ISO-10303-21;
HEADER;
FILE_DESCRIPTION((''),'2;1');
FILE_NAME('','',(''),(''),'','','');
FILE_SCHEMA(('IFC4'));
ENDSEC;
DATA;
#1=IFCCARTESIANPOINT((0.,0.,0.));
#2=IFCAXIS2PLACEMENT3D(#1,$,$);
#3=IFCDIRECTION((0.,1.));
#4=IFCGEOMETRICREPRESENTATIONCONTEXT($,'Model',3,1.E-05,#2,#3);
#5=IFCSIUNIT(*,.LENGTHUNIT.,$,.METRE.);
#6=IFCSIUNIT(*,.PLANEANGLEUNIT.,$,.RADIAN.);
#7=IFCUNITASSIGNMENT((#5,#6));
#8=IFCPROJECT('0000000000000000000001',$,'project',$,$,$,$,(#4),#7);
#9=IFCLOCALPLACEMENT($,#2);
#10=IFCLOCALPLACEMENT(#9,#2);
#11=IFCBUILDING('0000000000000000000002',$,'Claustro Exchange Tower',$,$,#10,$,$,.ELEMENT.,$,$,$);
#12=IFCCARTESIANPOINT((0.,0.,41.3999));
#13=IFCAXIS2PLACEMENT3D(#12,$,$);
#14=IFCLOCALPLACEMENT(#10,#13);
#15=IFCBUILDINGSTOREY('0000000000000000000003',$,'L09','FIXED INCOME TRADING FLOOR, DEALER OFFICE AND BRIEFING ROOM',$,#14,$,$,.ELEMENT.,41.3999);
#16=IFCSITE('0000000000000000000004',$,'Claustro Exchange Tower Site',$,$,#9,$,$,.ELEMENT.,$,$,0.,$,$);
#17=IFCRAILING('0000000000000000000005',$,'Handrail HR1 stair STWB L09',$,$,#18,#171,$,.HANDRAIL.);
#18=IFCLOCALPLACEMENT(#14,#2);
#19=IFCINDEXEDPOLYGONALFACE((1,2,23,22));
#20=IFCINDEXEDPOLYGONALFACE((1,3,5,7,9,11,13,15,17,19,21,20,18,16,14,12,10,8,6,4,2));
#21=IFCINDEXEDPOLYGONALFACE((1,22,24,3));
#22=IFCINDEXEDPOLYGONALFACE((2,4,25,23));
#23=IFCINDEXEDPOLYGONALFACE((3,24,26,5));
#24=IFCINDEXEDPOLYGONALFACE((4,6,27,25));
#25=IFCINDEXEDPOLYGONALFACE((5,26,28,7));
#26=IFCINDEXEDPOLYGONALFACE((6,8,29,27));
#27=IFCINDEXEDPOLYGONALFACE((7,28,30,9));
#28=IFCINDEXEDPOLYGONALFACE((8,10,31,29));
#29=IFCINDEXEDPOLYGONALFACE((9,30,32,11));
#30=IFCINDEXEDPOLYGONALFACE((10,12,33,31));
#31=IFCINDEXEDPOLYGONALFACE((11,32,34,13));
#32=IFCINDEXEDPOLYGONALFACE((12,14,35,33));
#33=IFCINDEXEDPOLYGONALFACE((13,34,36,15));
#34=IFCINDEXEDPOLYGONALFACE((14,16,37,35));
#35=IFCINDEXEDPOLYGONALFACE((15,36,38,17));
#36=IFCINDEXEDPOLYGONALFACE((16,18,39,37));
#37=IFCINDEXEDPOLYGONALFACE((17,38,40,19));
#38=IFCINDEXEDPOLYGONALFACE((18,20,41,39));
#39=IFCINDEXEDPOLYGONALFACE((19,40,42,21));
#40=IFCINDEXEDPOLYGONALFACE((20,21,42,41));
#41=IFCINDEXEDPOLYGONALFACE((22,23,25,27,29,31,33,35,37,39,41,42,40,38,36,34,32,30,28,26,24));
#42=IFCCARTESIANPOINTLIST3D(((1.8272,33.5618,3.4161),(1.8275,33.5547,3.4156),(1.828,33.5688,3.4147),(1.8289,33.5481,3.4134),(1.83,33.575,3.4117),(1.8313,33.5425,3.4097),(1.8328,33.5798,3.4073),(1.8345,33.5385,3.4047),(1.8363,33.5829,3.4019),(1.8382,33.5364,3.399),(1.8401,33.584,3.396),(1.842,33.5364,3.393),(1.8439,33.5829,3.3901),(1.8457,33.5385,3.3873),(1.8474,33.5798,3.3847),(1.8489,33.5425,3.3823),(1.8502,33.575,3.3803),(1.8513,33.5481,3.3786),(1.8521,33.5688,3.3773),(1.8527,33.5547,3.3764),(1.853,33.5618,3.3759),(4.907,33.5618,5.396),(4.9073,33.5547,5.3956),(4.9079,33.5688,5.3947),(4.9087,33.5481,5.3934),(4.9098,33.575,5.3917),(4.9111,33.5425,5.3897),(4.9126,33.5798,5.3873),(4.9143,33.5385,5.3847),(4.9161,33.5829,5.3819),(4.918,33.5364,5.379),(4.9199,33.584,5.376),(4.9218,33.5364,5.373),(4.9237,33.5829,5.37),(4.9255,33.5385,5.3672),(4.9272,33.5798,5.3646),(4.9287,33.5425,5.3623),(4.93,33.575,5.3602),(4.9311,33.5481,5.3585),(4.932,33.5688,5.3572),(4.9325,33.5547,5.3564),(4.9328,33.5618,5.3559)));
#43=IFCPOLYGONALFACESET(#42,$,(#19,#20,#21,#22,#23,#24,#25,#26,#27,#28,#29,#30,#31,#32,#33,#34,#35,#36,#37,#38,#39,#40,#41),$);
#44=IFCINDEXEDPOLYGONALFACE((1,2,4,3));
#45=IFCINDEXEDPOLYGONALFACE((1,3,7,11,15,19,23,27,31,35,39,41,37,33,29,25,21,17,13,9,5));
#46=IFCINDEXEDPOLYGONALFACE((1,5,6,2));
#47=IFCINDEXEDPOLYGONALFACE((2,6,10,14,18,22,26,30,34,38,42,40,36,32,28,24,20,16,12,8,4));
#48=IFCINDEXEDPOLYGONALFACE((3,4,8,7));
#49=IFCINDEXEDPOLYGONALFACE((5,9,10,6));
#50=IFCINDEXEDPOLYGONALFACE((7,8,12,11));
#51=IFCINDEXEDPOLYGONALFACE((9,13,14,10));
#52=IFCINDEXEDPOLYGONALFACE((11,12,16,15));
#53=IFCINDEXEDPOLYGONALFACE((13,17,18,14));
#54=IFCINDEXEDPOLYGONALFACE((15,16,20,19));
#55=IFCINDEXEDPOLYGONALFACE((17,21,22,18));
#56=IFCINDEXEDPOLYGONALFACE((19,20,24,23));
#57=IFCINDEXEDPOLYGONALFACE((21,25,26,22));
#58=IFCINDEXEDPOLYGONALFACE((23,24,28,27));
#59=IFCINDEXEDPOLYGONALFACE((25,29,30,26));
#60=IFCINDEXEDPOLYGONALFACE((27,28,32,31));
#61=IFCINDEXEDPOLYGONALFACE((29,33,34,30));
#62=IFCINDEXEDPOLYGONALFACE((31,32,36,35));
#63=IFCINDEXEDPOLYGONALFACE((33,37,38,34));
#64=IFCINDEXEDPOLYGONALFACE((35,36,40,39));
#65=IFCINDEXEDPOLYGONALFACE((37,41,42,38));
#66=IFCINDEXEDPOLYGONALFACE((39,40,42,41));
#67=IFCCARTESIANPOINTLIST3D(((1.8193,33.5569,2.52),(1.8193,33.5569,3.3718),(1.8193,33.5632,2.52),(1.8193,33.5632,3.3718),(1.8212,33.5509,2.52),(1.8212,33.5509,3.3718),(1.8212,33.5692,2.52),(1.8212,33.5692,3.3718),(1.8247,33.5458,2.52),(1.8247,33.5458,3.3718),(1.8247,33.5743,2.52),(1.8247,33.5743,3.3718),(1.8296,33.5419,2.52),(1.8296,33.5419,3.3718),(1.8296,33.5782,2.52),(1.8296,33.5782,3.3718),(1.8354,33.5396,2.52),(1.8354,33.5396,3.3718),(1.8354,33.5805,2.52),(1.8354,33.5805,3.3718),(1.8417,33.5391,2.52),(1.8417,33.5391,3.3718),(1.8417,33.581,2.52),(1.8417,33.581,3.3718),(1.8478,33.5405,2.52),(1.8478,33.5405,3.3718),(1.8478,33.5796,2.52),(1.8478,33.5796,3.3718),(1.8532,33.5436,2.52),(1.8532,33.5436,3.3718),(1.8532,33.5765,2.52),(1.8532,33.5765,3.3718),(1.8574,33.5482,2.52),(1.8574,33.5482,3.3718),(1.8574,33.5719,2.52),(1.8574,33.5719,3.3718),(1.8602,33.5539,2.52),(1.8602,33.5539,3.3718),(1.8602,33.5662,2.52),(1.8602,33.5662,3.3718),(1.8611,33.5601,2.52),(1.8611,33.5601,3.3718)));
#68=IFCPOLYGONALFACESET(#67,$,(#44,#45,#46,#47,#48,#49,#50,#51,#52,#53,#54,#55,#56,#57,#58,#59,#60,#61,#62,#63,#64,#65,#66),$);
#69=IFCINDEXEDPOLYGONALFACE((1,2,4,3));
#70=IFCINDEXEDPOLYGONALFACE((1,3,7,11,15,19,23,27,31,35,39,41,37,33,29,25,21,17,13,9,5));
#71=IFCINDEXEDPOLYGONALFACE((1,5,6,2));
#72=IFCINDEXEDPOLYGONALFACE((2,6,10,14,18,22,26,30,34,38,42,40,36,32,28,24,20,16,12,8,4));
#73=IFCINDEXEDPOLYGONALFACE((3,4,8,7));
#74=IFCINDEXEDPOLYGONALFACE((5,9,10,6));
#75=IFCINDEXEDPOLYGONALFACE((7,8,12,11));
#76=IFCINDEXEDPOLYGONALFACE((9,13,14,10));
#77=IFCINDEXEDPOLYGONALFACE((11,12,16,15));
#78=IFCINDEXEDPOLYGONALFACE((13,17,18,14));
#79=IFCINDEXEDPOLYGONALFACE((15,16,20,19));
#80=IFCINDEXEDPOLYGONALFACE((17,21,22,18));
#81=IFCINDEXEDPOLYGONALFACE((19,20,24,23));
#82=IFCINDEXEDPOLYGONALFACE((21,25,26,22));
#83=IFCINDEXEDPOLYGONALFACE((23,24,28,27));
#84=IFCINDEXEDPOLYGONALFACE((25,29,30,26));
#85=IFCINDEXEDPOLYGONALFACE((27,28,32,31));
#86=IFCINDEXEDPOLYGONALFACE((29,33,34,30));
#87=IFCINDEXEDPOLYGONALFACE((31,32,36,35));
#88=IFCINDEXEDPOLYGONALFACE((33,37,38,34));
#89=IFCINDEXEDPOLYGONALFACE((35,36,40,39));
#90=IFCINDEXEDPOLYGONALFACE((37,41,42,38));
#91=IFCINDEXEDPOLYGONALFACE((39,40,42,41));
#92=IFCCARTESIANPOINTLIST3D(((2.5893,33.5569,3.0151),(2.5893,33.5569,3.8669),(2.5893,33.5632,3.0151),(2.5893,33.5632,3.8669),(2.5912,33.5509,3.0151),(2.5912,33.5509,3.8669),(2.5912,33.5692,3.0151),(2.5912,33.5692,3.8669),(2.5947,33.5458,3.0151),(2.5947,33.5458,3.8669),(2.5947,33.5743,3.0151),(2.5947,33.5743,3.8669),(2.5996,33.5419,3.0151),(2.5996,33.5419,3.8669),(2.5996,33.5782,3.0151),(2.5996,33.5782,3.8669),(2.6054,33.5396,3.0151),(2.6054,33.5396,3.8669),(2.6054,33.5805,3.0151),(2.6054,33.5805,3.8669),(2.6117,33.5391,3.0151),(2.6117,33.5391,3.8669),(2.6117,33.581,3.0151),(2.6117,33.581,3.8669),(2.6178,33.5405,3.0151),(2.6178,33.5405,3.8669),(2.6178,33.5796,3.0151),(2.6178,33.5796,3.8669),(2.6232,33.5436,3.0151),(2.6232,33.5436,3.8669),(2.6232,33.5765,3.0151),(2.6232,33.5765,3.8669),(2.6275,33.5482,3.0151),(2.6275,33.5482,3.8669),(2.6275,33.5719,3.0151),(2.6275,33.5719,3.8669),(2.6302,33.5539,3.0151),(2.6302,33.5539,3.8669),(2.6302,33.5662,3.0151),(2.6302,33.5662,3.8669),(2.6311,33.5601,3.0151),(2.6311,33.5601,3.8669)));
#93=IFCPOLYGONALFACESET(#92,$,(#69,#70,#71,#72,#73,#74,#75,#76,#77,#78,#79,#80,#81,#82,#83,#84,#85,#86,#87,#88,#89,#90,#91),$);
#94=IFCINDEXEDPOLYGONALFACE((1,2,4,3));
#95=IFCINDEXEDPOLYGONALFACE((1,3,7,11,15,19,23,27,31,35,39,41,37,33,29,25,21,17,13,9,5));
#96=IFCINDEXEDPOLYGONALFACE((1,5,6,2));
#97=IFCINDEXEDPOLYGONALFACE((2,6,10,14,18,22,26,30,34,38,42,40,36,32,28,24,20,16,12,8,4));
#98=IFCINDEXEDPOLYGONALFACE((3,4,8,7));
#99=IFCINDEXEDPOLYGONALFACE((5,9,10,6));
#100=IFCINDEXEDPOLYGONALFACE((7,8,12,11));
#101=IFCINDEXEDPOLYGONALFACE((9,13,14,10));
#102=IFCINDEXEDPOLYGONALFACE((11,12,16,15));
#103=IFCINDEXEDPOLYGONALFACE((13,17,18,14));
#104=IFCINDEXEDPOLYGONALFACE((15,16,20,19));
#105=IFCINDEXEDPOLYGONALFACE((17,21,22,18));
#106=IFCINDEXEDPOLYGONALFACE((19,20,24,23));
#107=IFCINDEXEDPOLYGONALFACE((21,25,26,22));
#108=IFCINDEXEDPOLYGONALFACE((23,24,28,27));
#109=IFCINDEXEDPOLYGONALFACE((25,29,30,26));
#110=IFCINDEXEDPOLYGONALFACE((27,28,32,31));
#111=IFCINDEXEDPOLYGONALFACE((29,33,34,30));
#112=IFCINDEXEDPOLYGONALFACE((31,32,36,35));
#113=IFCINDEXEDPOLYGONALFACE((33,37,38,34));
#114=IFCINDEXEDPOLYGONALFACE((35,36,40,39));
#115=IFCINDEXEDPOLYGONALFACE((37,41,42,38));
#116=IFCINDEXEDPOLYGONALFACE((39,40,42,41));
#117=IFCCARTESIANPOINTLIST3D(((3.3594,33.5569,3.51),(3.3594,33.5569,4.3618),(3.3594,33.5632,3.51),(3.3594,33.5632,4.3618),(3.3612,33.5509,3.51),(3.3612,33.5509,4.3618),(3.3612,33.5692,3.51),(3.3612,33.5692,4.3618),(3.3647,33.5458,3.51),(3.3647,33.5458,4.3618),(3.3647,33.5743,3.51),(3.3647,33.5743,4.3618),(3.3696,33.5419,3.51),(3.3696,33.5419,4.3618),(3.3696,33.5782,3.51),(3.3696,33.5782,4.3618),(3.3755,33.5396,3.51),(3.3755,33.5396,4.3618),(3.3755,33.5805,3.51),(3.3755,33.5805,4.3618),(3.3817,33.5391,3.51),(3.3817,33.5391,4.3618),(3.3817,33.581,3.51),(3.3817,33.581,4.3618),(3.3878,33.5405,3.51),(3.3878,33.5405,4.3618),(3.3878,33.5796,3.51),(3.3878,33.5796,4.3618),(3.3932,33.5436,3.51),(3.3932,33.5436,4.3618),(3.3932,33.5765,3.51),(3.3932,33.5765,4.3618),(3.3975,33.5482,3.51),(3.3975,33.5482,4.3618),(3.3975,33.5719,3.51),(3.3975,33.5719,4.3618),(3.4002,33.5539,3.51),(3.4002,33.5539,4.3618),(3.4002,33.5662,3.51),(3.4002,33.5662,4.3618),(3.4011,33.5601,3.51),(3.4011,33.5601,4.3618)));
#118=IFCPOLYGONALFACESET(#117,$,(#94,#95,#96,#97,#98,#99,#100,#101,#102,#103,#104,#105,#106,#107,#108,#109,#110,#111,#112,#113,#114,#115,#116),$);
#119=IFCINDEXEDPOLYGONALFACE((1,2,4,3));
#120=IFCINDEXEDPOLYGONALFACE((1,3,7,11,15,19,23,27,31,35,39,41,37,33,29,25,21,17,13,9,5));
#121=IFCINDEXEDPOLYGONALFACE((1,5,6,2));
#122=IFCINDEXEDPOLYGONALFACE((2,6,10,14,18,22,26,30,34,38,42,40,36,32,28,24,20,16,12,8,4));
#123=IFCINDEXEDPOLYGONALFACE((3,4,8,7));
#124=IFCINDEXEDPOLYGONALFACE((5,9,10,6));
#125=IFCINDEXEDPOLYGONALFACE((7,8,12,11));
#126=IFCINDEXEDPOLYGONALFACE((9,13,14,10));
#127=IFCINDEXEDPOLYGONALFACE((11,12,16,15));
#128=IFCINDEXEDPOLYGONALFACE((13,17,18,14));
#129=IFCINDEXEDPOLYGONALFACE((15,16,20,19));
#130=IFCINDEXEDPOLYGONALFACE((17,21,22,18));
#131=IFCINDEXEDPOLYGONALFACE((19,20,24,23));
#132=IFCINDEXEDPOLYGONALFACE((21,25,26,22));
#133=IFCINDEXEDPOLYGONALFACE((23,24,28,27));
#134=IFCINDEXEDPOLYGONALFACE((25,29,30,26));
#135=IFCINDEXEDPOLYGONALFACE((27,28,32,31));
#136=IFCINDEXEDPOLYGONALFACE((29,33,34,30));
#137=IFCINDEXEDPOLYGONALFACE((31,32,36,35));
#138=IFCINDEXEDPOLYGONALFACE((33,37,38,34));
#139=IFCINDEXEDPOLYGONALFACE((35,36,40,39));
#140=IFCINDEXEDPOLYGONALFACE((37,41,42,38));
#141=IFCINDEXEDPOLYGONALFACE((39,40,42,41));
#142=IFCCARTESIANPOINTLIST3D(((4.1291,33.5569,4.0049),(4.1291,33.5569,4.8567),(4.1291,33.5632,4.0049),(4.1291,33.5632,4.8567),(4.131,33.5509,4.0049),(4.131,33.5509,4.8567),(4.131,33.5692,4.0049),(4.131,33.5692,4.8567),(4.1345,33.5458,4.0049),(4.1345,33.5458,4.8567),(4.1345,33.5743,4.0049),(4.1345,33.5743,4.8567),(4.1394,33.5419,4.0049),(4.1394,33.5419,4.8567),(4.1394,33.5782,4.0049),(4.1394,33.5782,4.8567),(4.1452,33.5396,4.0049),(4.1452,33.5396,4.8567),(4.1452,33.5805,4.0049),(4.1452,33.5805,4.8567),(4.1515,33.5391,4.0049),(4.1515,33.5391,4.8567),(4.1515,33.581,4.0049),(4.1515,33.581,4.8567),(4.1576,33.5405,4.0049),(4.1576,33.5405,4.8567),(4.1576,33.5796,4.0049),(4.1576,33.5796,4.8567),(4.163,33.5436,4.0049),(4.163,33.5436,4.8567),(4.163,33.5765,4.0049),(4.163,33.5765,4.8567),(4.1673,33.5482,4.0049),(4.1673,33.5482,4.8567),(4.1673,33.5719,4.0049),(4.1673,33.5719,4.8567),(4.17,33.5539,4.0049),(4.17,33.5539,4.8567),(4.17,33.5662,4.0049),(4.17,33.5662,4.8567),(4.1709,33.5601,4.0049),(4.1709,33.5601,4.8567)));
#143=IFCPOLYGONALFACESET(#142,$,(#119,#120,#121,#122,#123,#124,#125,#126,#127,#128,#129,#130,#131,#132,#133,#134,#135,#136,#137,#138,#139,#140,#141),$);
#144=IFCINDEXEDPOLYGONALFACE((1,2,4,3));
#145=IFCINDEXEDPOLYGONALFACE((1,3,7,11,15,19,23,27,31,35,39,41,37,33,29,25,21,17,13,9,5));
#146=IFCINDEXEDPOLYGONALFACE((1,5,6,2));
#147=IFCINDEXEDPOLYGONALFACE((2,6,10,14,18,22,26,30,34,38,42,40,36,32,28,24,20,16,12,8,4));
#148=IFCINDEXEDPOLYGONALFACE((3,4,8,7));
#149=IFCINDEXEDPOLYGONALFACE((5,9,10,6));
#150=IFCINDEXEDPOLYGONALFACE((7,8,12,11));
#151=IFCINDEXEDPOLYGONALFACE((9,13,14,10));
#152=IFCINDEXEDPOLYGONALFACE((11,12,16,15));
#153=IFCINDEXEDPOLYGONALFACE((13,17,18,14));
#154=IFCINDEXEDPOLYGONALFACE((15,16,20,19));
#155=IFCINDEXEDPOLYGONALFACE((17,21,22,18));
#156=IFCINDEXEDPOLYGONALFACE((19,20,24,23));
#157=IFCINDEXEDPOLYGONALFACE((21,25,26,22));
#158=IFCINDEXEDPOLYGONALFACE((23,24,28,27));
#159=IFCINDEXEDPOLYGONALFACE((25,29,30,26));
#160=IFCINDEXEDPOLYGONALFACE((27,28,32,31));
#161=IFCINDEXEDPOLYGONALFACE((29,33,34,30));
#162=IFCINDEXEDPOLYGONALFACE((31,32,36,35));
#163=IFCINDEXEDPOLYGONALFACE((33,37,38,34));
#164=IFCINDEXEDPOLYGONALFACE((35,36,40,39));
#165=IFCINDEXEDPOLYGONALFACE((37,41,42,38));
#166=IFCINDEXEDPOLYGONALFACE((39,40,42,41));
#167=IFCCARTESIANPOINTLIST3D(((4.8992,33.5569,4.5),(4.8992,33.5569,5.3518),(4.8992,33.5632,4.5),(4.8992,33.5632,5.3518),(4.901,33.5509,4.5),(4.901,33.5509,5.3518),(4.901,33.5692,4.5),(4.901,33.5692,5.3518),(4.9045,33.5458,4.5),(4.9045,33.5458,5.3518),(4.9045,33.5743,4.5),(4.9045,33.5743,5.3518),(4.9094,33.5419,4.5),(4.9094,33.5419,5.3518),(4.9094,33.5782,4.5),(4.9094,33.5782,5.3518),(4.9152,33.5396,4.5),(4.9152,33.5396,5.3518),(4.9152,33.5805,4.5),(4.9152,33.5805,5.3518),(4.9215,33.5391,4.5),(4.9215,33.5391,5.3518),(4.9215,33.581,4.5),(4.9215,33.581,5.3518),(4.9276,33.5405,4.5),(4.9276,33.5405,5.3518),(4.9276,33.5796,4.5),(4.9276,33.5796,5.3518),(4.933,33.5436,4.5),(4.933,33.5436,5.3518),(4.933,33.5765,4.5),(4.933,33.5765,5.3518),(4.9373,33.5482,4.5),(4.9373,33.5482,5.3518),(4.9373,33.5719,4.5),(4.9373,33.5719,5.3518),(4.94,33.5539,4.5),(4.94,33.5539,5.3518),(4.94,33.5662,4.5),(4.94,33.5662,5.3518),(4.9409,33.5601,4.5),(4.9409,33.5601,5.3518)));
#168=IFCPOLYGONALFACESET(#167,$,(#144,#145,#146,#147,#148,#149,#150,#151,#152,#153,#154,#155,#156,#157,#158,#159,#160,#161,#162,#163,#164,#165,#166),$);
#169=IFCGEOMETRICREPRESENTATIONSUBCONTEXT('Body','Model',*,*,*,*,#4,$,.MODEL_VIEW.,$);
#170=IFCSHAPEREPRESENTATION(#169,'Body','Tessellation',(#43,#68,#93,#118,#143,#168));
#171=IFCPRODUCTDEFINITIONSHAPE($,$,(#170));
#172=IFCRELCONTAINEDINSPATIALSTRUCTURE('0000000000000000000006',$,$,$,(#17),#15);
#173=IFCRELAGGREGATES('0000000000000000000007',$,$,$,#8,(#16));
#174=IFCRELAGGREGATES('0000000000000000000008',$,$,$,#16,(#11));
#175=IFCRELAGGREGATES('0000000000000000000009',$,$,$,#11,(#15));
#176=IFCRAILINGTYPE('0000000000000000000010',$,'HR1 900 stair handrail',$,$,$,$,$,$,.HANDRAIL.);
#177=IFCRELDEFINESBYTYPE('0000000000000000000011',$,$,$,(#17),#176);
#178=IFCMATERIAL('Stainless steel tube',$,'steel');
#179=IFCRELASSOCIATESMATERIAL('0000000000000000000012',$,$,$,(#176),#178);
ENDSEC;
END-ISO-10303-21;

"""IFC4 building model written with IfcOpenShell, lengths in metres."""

from ifc_helpers import new_model, si_unit, direction, frame, origin, origin_2d, place, context, subcontext, project, spatial, circle, extrude, material, type_object, element, save


model = new_model("IFC4")

# Units and contexts
model_context = context("Model", 3, precision=1e-05, world=origin(), true_north=direction((0.0, 1.0)))
body_context = subcontext(model_context, "Body", "Model", "MODEL_VIEW")
ifc_project = project(units=[si_unit("LENGTHUNIT", "METRE"), si_unit("PLANEANGLEUNIT", "RADIAN")], contexts=[model_context])

# Site, building, storey
site_placement = place(None, origin())
site = spatial("IfcSite", under=ifc_project, at=site_placement, Name="Claustro Exchange Tower Site", CompositionType="ELEMENT", RefElevation=0.0)
building_placement = place(site_placement, origin())
building = spatial("IfcBuilding", under=site, at=building_placement, Name="Claustro Exchange Tower", CompositionType="ELEMENT")
storey_placement = place(building_placement, frame((0.0, 0.0, 41.3999)))
storey = spatial("IfcBuildingStorey", under=building, at=storey_placement, Name="L09", Description="FIXED INCOME TRADING FLOOR, DEALER OFFICE AND BRIEFING ROOM", CompositionType="ELEMENT", Elevation=41.3999)

# Railing
ifc_material_1 = material(Name="Stainless steel tube", Category="steel")
railing_type_1 = type_object("IfcRailingType", Name="HR1 900 stair handrail", PredefinedType="HANDRAIL", material=ifc_material_1)
railing_1_placement = place(storey_placement, frame((1.8401, 33.5601, 2.52)))
element("IfcRailing", 1, at=railing_1_placement, inside=storey, type_object=railing_type_1, Name="Handrail HR1 stair STWB L09", PredefinedType="HANDRAIL", context=body_context, shape_type="SweptSolid", body=[
    extrude(circle(Radius=0.0239, at=origin_2d()), frame((0.0, 0.0, 0.876), z_axis=(0.841168, 0.0, 0.540774), x_axis=(0.0, 1.0, 0.0)), (0.0, 0.0, 1.0), 3.6614),
    extrude(circle(Radius=0.021, at=origin_2d()), origin(), (0.0, 0.0, 1.0), 0.8518),
    extrude(circle(Radius=0.021, at=origin_2d()), frame((0.77, 0.0, 0.4951)), (0.0, 0.0, 1.0), 0.8518),
    extrude(circle(Radius=0.021, at=origin_2d()), frame((1.54, 0.0, 0.99)), (0.0, 0.0, 1.0), 0.8518),
    extrude(circle(Radius=0.021, at=origin_2d()), frame((2.3098, 0.0, 1.4849)), (0.0, 0.0, 1.0), 0.8518),
    extrude(circle(Radius=0.021, at=origin_2d()), frame((3.0798, 0.0, 1.98)), (0.0, 0.0, 1.0), 0.8518),
])

save(model, "model.ifc")
